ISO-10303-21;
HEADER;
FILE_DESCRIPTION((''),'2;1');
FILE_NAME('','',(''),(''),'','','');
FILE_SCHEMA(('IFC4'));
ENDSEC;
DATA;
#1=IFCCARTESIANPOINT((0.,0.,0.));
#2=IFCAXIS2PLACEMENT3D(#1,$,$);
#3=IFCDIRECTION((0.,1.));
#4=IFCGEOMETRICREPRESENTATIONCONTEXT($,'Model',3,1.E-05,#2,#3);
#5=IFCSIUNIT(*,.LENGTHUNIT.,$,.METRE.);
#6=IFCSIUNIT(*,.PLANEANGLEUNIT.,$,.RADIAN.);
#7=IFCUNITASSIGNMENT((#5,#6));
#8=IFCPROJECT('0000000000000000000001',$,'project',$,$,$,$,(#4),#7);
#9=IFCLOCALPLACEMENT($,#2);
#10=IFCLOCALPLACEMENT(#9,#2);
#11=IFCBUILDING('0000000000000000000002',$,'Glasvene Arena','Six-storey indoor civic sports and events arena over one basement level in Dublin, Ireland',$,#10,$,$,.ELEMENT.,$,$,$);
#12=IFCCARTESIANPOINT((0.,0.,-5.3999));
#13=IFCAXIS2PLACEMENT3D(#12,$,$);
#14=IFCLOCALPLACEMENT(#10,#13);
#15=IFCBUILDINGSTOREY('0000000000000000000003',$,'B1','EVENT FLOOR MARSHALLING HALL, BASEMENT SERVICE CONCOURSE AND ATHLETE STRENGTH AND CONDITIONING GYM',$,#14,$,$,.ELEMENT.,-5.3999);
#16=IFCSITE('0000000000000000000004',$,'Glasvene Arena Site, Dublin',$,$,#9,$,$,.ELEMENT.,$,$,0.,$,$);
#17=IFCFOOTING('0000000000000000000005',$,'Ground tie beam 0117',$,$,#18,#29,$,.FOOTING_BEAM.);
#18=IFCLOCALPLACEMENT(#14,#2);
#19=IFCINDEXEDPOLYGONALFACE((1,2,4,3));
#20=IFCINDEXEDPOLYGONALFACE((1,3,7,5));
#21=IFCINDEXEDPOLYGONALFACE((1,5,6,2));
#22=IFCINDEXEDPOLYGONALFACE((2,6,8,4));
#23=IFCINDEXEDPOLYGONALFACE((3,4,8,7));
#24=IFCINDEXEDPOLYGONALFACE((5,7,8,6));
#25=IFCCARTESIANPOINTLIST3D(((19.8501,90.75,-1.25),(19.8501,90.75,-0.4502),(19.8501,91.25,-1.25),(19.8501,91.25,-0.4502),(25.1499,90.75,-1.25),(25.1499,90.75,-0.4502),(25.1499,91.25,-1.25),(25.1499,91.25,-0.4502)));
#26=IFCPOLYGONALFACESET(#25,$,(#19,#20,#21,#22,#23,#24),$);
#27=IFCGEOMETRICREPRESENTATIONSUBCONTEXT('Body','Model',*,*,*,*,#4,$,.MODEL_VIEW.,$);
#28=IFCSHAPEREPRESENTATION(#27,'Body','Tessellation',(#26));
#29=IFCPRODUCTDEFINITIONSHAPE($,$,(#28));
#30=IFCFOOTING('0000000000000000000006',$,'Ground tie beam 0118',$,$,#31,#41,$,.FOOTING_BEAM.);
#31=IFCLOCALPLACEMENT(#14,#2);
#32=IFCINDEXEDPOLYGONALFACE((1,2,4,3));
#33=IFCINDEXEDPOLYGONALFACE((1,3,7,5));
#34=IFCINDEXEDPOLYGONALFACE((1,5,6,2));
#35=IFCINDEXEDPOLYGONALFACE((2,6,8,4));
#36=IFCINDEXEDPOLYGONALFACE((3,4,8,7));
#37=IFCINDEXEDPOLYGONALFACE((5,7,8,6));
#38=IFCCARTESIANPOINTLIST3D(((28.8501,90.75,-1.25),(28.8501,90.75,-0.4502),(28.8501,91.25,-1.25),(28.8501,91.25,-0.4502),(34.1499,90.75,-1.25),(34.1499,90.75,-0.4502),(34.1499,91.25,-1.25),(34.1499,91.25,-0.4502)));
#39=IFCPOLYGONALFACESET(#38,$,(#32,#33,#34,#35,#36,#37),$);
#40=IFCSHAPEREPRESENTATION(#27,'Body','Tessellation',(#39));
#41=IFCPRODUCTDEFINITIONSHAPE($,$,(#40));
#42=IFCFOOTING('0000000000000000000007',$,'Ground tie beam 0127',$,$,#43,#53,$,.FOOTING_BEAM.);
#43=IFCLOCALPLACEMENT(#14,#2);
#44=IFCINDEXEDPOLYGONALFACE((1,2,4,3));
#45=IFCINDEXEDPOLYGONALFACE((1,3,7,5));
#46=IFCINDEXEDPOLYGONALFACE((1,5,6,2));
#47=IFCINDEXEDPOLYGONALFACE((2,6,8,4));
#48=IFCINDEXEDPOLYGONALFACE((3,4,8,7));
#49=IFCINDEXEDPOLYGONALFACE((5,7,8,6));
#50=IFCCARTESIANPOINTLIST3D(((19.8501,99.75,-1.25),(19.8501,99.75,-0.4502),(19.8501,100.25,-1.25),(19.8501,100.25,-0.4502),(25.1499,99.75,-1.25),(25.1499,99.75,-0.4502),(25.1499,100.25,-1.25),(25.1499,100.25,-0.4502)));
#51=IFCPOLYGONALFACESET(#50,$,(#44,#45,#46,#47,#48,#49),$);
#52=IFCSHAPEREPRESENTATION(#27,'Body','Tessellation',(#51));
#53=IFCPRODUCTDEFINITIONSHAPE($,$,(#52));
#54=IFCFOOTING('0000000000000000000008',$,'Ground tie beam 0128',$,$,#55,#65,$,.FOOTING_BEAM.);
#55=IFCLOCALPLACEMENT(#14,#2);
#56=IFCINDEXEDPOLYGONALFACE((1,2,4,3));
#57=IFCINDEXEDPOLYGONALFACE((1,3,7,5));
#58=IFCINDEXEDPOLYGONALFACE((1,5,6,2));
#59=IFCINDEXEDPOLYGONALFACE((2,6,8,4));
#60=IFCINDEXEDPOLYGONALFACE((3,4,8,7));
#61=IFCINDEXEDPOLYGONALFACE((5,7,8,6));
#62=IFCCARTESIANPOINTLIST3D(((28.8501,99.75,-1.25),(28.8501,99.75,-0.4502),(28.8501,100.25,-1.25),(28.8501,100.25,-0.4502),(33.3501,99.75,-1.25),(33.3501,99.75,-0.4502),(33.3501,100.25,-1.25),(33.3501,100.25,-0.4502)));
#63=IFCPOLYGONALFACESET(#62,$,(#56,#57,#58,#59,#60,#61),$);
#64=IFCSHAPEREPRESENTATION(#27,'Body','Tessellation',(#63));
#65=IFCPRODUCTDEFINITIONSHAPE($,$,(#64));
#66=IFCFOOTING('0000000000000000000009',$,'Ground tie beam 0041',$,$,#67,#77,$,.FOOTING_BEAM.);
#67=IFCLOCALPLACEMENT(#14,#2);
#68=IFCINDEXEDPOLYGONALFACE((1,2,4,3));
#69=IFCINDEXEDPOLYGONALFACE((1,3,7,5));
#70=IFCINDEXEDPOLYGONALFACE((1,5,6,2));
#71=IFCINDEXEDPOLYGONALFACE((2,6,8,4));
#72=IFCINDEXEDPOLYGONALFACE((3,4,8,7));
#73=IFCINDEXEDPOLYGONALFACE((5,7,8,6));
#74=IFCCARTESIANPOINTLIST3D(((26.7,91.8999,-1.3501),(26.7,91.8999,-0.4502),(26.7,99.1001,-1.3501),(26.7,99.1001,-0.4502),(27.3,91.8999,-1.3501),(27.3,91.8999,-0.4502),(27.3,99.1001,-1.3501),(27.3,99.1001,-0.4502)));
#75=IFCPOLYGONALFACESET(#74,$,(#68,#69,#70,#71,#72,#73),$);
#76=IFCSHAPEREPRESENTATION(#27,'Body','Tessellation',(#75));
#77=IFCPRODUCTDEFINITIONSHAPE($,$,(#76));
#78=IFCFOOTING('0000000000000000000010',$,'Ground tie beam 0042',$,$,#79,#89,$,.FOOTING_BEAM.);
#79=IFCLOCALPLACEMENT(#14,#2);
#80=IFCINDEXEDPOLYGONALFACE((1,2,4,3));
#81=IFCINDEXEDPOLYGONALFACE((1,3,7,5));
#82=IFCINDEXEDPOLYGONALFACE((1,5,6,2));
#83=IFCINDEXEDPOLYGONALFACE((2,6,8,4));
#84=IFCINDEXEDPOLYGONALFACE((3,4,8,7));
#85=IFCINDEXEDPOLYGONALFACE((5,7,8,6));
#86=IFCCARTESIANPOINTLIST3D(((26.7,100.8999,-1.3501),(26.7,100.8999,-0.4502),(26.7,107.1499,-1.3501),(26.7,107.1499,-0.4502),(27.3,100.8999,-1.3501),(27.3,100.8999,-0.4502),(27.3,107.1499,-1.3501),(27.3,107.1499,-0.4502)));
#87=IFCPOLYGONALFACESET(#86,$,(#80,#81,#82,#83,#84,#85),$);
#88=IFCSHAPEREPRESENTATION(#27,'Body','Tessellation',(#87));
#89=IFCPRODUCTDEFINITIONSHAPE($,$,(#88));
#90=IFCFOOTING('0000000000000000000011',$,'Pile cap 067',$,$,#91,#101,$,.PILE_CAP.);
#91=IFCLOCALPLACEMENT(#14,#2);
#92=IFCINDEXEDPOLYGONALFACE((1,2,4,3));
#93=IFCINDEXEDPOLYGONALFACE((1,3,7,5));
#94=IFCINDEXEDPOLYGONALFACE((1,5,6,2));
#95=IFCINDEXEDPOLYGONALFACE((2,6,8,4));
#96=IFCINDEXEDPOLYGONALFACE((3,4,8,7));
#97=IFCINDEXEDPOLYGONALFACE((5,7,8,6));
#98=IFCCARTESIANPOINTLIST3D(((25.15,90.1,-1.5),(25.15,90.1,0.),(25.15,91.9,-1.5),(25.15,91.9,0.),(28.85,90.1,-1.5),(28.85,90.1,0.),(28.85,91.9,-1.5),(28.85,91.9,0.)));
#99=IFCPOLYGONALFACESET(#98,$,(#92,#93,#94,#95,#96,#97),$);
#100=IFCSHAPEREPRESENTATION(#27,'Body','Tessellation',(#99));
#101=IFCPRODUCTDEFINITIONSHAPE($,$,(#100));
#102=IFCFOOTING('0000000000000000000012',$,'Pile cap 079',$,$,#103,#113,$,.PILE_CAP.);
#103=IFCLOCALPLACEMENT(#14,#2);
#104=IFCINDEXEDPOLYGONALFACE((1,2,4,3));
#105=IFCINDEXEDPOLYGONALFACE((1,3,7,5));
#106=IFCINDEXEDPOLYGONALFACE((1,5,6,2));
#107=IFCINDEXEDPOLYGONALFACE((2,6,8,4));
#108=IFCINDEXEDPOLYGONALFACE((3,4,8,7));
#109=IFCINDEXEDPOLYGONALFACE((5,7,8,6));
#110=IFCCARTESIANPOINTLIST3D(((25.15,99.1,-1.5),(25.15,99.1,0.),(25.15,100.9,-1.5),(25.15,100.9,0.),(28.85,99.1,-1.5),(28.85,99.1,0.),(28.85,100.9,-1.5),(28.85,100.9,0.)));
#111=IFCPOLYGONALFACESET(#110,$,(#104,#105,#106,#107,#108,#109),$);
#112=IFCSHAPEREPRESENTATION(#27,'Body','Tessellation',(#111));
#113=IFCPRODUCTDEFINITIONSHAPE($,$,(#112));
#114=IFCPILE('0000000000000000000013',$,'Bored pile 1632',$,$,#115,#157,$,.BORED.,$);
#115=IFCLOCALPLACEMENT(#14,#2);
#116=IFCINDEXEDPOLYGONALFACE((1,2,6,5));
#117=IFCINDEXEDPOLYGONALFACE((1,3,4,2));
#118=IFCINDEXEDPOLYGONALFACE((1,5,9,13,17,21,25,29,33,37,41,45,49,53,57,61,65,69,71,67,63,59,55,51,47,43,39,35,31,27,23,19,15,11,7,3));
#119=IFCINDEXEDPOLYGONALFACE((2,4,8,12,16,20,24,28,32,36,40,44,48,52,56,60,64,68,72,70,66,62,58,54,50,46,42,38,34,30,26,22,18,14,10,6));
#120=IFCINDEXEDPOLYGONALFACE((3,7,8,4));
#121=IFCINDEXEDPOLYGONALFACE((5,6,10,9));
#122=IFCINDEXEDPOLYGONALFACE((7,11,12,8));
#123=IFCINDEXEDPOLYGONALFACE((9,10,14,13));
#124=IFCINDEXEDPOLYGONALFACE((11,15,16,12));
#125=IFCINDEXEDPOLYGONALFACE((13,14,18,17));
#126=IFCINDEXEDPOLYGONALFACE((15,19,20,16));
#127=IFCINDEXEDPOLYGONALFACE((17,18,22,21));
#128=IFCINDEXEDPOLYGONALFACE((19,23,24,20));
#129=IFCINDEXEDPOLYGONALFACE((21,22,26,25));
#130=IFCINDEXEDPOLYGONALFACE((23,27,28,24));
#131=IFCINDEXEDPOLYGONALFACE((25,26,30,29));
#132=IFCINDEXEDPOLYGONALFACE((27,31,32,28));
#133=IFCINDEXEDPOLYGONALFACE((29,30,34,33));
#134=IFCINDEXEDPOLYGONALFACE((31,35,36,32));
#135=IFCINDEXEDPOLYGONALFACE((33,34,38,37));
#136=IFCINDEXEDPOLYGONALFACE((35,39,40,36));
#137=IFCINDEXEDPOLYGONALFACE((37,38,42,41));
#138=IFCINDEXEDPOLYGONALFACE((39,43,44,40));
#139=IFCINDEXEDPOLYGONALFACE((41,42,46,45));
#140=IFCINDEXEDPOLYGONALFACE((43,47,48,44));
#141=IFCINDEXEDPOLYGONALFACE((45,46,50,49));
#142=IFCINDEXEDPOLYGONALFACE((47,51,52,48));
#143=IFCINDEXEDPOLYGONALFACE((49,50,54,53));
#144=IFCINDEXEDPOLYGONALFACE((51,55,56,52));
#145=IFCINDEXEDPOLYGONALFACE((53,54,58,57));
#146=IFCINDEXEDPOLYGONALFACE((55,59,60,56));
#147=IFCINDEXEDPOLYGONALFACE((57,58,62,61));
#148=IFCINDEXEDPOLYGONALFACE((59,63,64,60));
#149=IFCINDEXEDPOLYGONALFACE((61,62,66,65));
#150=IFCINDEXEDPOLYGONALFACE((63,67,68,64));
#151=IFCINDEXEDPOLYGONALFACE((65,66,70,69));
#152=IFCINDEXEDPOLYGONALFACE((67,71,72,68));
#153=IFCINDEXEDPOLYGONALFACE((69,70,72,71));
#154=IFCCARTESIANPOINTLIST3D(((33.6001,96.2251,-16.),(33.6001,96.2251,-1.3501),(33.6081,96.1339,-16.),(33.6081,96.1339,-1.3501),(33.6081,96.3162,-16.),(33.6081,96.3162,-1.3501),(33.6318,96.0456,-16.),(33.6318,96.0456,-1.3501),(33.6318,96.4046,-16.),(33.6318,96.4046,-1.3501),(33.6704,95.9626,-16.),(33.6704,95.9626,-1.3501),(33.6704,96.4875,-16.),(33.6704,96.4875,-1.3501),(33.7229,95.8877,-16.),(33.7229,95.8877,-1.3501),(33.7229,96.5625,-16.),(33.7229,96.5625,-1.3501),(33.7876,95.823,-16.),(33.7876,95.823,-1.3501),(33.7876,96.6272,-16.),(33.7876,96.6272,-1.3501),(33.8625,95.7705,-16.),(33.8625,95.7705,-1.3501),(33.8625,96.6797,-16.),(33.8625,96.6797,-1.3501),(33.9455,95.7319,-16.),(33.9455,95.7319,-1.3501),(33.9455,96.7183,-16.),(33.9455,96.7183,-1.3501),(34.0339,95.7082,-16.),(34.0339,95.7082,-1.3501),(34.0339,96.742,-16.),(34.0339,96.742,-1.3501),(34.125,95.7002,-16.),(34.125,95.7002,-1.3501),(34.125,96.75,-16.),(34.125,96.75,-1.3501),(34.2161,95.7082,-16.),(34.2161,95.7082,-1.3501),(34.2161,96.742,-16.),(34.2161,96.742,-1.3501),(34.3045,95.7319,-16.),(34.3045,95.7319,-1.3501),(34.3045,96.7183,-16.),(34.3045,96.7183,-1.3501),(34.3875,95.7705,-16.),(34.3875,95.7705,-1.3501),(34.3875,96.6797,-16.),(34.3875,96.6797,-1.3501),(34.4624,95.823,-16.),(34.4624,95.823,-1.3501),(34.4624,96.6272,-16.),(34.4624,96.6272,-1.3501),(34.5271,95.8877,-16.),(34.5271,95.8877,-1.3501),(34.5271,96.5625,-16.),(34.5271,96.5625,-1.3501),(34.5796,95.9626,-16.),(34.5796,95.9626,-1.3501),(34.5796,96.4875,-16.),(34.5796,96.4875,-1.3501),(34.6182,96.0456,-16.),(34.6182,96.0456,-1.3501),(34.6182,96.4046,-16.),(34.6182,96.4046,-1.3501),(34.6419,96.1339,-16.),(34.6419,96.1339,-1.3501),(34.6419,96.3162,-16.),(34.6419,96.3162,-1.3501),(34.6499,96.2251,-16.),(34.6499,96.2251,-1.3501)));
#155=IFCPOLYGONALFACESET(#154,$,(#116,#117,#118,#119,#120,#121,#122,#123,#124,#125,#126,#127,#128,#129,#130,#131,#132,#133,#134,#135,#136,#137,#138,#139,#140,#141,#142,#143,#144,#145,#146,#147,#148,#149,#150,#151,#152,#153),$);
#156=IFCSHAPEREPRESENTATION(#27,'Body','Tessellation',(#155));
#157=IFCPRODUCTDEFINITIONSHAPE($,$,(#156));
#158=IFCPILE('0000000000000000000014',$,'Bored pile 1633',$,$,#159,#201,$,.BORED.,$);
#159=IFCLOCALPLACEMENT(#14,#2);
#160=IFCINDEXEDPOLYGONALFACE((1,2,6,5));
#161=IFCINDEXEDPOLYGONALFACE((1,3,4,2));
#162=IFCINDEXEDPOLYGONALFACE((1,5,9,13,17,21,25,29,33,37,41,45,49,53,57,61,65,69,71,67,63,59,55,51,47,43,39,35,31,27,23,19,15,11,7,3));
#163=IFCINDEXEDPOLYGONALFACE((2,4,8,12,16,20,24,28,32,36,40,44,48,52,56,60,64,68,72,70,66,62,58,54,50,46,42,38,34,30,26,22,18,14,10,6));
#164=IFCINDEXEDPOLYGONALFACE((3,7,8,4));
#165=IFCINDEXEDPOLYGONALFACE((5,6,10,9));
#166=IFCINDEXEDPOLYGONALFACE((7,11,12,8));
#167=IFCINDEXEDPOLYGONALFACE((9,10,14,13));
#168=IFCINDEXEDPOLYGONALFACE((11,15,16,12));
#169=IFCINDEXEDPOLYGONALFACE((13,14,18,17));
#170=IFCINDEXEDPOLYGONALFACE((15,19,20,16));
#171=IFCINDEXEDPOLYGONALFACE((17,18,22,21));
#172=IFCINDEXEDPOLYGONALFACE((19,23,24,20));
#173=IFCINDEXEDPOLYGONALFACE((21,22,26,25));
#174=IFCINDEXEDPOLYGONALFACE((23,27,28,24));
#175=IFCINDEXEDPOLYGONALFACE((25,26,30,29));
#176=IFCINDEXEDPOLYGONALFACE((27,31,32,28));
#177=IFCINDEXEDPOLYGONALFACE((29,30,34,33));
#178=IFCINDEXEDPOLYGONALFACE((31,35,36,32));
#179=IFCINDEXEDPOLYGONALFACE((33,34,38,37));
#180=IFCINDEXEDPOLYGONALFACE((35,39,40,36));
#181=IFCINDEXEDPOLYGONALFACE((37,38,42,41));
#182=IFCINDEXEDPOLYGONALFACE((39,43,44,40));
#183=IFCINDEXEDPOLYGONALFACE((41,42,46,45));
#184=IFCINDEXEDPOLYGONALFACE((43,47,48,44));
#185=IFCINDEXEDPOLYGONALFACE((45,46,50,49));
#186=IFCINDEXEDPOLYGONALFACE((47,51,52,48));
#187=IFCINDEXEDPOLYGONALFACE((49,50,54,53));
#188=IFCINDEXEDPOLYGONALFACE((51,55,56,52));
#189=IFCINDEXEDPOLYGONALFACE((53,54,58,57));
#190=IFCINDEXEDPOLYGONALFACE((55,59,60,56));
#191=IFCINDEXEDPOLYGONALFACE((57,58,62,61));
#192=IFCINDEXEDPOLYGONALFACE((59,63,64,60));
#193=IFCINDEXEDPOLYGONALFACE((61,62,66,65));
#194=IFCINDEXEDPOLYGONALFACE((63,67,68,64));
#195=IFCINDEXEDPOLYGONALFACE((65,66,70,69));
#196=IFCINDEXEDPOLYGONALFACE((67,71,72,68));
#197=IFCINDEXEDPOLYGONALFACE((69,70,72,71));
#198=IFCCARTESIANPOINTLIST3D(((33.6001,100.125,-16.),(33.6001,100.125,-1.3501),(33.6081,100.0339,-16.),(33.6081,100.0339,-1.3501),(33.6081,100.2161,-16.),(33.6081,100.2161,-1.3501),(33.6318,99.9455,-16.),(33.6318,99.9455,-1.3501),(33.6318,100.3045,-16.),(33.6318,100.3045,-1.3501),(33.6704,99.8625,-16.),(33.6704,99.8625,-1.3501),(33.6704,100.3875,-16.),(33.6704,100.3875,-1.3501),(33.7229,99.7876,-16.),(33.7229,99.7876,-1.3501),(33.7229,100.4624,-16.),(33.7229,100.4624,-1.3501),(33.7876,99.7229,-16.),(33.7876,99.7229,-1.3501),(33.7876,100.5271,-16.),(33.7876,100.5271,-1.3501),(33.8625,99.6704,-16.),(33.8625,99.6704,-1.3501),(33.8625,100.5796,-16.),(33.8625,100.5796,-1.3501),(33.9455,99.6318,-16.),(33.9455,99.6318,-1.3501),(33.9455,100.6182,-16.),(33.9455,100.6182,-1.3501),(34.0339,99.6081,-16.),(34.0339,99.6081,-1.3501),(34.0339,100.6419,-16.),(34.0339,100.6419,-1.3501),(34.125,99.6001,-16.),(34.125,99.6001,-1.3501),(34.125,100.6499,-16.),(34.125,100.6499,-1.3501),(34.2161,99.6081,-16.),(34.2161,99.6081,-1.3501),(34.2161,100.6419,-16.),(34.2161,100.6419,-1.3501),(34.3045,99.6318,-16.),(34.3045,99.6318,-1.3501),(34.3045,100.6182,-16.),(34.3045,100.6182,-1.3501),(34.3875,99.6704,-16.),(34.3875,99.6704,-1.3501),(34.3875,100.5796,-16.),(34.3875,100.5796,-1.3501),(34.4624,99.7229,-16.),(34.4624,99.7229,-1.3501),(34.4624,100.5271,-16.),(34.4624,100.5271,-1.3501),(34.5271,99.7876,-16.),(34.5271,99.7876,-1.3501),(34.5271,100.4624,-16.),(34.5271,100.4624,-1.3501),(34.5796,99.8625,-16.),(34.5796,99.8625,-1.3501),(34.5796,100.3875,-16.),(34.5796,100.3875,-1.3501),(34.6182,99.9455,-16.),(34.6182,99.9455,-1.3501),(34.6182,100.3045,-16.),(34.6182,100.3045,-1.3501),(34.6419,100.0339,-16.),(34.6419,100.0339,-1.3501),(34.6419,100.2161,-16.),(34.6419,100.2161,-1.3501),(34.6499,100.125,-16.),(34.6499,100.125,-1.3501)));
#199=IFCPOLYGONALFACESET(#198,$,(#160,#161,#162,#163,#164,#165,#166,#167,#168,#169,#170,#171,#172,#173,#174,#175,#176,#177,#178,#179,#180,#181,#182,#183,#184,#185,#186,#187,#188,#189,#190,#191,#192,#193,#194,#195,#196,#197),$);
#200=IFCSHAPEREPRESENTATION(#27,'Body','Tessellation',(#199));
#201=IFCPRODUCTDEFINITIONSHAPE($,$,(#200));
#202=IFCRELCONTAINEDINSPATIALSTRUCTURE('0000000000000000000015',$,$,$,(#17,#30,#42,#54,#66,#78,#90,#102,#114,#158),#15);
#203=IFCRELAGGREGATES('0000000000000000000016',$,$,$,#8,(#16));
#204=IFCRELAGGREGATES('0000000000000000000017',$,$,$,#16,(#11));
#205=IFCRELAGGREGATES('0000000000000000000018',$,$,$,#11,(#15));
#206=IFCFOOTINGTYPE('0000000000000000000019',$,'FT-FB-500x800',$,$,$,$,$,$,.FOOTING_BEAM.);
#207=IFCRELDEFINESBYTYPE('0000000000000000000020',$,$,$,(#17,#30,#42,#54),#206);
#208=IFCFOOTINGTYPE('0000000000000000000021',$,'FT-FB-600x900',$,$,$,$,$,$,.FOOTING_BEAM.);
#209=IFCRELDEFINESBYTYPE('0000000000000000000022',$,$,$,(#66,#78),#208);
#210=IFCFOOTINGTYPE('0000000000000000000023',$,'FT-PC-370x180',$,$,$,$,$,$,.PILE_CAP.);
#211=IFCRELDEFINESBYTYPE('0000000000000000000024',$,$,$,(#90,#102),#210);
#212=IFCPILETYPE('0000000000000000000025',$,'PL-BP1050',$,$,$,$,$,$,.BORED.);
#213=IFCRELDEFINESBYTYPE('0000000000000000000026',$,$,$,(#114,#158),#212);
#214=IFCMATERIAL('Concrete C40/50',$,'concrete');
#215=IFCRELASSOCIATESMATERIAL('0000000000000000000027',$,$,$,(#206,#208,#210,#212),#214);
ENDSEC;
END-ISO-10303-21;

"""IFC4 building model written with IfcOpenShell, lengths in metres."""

from ifc_helpers import new_model, si_unit, direction, frame, origin, origin_2d, place, context, subcontext, project, spatial, polyline, rectangle, circle, outline, extrude, material, material_profile, profile_set, type_object, element, save


model = new_model("IFC4")

# Units and contexts
model_context = context("Model", 3, precision=1e-05, world=origin(), true_north=direction((0.0, 1.0)))
body_context = subcontext(model_context, "Body", "Model", "MODEL_VIEW")
ifc_project = project(units=[si_unit("LENGTHUNIT", "METRE"), si_unit("PLANEANGLEUNIT", "RADIAN")], contexts=[model_context])

# Site, building, storey
site_placement = place(None, origin())
site = spatial("IfcSite", under=ifc_project, at=site_placement, Name="Glasvene Arena Site, Dublin", CompositionType="ELEMENT", RefElevation=0.0)
building_placement = place(site_placement, origin())
building = spatial("IfcBuilding", under=site, at=building_placement, Name="Glasvene Arena", Description="Six-storey indoor civic sports and events arena over one basement level in Dublin, Ireland", CompositionType="ELEMENT")
storey_placement = place(building_placement, frame((0.0, 0.0, -5.3999)))
storey = spatial("IfcBuildingStorey", under=building, at=storey_placement, Name="B1", Description="EVENT FLOOR MARSHALLING HALL, BASEMENT SERVICE CONCOURSE AND ATHLETE STRENGTH AND CONDITIONING GYM", CompositionType="ELEMENT", Elevation=-5.3999)

# Footings
ifc_material_1 = material(Name="Concrete C40/50", Category="concrete")
footing_type_1 = type_object("IfcFootingType", Name="FT-FB-500x800", PredefinedType="FOOTING_BEAM", material=ifc_material_1)
for number, where, name in (
    (1, (22.5, 91.0, -1.25), "Ground tie beam 0117"),
    (2, (31.5, 91.0, -1.25), "Ground tie beam 0118"),
    (3, (22.5, 100.0, -1.25), "Ground tie beam 0127"),
):
    element("IfcFooting", number, at=place(storey_placement, frame(where)), inside=storey, type_object=footing_type_1, Name=name, PredefinedType="FOOTING_BEAM", context=body_context, shape_type="SweptSolid", body=[
        extrude(outline(polyline([(-2.6499, -0.25), (2.6499, -0.25), (2.6499, 0.25), (-2.6499, 0.25), (-2.6499, -0.25)])), origin(), (0.0, 0.0, 1.0), 0.7998),
    ])
footing_1_placement = place(storey_placement, frame((31.1001, 100.0, -1.25)))
element("IfcFooting", 4, at=footing_1_placement, inside=storey, type_object=footing_type_1, Name="Ground tie beam 0128", PredefinedType="FOOTING_BEAM", context=body_context, shape_type="SweptSolid", body=[
    extrude(outline(polyline([(-2.25, -0.25), (2.25, -0.25), (2.25, 0.25), (-2.25, 0.25), (-2.25, -0.25)])), origin(), (0.0, 0.0, 1.0), 0.7998),
])
footing_type_2 = type_object("IfcFootingType", Name="FT-FB-600x900", PredefinedType="FOOTING_BEAM", material=ifc_material_1)
footing_2_placement = place(storey_placement, frame((27.0, 95.5, -1.3501)))
element("IfcFooting", 5, at=footing_2_placement, inside=storey, type_object=footing_type_2, Name="Ground tie beam 0041", PredefinedType="FOOTING_BEAM", context=body_context, shape_type="SweptSolid", body=[
    extrude(outline(polyline([(-0.3, -3.6001), (0.3, -3.6001), (0.3, 3.6001), (-0.3, 3.6001), (-0.3, -3.6001)])), origin(), (0.0, 0.0, 1.0), 0.8999),
])
footing_3_placement = place(storey_placement, frame((27.0, 104.0249, -1.3501)))
element("IfcFooting", 6, at=footing_3_placement, inside=storey, type_object=footing_type_2, Name="Ground tie beam 0042", PredefinedType="FOOTING_BEAM", context=body_context, shape_type="SweptSolid", body=[
    extrude(outline(polyline([(-0.3, -3.125), (0.3, -3.125), (0.3, 3.125), (-0.3, 3.125), (-0.3, -3.125)])), origin(), (0.0, 0.0, 1.0), 0.8999),
])
footing_type_3 = type_object("IfcFootingType", Name="FT-PC-370x180", PredefinedType="PILE_CAP", material=ifc_material_1)
for number, where, z_axis, x_axis, name in (
    (7, (27.0, 91.0, -1.5), (0.0, 0.0, 1.0), (1.0, 0.0, 0.0), "Pile cap 067"),
    (8, (27.0, 100.0, -1.5), (0.0, 0.0, 1.0), (1.0, 0.0, 0.0), "Pile cap 079"),
):
    element("IfcFooting", number, at=place(storey_placement, frame(where, z_axis=z_axis, x_axis=x_axis)), inside=storey, type_object=footing_type_3, Name=name, PredefinedType="PILE_CAP", context=body_context, shape_type="SweptSolid", body=[
        extrude(rectangle(XDim=3.7, YDim=1.8, at=origin_2d()), origin(), (0.0, 0.0, 1.0), 1.5),
    ])

# Piles
ifc_material_profile_1 = material_profile(ifc_material_1, circle(Radius=0.5249, at=origin_2d()), Name="BORED PILE 1050")
ifc_profile_set_1 = profile_set([ifc_material_profile_1], Name="Concrete C40/50")
pile_type_1 = type_object("IfcPileType", Name="PL-BP1050", PredefinedType="BORED", material=ifc_profile_set_1)
for number, where, z_axis, x_axis, name in (
    (9, (34.125, 96.2251, -1.3501), (0.0, 0.0, -1.0), (1.0, 0.0, 0.0), "Bored pile 1632"),
    (10, (34.125, 100.125, -1.3501), (0.0, 0.0, -1.0), (1.0, 0.0, 0.0), "Bored pile 1633"),
):
    element("IfcPile", number, at=place(storey_placement, frame(where, z_axis=z_axis, x_axis=x_axis)), inside=storey, type_object=pile_type_1, Name=name, PredefinedType="BORED", context=body_context, shape_type="SweptSolid", body=[
        extrude(circle(Radius=0.5249, at=origin_2d()), origin(), (0.0, 0.0, 1.0), 14.6499),
    ])

save(model, "model.ifc")
